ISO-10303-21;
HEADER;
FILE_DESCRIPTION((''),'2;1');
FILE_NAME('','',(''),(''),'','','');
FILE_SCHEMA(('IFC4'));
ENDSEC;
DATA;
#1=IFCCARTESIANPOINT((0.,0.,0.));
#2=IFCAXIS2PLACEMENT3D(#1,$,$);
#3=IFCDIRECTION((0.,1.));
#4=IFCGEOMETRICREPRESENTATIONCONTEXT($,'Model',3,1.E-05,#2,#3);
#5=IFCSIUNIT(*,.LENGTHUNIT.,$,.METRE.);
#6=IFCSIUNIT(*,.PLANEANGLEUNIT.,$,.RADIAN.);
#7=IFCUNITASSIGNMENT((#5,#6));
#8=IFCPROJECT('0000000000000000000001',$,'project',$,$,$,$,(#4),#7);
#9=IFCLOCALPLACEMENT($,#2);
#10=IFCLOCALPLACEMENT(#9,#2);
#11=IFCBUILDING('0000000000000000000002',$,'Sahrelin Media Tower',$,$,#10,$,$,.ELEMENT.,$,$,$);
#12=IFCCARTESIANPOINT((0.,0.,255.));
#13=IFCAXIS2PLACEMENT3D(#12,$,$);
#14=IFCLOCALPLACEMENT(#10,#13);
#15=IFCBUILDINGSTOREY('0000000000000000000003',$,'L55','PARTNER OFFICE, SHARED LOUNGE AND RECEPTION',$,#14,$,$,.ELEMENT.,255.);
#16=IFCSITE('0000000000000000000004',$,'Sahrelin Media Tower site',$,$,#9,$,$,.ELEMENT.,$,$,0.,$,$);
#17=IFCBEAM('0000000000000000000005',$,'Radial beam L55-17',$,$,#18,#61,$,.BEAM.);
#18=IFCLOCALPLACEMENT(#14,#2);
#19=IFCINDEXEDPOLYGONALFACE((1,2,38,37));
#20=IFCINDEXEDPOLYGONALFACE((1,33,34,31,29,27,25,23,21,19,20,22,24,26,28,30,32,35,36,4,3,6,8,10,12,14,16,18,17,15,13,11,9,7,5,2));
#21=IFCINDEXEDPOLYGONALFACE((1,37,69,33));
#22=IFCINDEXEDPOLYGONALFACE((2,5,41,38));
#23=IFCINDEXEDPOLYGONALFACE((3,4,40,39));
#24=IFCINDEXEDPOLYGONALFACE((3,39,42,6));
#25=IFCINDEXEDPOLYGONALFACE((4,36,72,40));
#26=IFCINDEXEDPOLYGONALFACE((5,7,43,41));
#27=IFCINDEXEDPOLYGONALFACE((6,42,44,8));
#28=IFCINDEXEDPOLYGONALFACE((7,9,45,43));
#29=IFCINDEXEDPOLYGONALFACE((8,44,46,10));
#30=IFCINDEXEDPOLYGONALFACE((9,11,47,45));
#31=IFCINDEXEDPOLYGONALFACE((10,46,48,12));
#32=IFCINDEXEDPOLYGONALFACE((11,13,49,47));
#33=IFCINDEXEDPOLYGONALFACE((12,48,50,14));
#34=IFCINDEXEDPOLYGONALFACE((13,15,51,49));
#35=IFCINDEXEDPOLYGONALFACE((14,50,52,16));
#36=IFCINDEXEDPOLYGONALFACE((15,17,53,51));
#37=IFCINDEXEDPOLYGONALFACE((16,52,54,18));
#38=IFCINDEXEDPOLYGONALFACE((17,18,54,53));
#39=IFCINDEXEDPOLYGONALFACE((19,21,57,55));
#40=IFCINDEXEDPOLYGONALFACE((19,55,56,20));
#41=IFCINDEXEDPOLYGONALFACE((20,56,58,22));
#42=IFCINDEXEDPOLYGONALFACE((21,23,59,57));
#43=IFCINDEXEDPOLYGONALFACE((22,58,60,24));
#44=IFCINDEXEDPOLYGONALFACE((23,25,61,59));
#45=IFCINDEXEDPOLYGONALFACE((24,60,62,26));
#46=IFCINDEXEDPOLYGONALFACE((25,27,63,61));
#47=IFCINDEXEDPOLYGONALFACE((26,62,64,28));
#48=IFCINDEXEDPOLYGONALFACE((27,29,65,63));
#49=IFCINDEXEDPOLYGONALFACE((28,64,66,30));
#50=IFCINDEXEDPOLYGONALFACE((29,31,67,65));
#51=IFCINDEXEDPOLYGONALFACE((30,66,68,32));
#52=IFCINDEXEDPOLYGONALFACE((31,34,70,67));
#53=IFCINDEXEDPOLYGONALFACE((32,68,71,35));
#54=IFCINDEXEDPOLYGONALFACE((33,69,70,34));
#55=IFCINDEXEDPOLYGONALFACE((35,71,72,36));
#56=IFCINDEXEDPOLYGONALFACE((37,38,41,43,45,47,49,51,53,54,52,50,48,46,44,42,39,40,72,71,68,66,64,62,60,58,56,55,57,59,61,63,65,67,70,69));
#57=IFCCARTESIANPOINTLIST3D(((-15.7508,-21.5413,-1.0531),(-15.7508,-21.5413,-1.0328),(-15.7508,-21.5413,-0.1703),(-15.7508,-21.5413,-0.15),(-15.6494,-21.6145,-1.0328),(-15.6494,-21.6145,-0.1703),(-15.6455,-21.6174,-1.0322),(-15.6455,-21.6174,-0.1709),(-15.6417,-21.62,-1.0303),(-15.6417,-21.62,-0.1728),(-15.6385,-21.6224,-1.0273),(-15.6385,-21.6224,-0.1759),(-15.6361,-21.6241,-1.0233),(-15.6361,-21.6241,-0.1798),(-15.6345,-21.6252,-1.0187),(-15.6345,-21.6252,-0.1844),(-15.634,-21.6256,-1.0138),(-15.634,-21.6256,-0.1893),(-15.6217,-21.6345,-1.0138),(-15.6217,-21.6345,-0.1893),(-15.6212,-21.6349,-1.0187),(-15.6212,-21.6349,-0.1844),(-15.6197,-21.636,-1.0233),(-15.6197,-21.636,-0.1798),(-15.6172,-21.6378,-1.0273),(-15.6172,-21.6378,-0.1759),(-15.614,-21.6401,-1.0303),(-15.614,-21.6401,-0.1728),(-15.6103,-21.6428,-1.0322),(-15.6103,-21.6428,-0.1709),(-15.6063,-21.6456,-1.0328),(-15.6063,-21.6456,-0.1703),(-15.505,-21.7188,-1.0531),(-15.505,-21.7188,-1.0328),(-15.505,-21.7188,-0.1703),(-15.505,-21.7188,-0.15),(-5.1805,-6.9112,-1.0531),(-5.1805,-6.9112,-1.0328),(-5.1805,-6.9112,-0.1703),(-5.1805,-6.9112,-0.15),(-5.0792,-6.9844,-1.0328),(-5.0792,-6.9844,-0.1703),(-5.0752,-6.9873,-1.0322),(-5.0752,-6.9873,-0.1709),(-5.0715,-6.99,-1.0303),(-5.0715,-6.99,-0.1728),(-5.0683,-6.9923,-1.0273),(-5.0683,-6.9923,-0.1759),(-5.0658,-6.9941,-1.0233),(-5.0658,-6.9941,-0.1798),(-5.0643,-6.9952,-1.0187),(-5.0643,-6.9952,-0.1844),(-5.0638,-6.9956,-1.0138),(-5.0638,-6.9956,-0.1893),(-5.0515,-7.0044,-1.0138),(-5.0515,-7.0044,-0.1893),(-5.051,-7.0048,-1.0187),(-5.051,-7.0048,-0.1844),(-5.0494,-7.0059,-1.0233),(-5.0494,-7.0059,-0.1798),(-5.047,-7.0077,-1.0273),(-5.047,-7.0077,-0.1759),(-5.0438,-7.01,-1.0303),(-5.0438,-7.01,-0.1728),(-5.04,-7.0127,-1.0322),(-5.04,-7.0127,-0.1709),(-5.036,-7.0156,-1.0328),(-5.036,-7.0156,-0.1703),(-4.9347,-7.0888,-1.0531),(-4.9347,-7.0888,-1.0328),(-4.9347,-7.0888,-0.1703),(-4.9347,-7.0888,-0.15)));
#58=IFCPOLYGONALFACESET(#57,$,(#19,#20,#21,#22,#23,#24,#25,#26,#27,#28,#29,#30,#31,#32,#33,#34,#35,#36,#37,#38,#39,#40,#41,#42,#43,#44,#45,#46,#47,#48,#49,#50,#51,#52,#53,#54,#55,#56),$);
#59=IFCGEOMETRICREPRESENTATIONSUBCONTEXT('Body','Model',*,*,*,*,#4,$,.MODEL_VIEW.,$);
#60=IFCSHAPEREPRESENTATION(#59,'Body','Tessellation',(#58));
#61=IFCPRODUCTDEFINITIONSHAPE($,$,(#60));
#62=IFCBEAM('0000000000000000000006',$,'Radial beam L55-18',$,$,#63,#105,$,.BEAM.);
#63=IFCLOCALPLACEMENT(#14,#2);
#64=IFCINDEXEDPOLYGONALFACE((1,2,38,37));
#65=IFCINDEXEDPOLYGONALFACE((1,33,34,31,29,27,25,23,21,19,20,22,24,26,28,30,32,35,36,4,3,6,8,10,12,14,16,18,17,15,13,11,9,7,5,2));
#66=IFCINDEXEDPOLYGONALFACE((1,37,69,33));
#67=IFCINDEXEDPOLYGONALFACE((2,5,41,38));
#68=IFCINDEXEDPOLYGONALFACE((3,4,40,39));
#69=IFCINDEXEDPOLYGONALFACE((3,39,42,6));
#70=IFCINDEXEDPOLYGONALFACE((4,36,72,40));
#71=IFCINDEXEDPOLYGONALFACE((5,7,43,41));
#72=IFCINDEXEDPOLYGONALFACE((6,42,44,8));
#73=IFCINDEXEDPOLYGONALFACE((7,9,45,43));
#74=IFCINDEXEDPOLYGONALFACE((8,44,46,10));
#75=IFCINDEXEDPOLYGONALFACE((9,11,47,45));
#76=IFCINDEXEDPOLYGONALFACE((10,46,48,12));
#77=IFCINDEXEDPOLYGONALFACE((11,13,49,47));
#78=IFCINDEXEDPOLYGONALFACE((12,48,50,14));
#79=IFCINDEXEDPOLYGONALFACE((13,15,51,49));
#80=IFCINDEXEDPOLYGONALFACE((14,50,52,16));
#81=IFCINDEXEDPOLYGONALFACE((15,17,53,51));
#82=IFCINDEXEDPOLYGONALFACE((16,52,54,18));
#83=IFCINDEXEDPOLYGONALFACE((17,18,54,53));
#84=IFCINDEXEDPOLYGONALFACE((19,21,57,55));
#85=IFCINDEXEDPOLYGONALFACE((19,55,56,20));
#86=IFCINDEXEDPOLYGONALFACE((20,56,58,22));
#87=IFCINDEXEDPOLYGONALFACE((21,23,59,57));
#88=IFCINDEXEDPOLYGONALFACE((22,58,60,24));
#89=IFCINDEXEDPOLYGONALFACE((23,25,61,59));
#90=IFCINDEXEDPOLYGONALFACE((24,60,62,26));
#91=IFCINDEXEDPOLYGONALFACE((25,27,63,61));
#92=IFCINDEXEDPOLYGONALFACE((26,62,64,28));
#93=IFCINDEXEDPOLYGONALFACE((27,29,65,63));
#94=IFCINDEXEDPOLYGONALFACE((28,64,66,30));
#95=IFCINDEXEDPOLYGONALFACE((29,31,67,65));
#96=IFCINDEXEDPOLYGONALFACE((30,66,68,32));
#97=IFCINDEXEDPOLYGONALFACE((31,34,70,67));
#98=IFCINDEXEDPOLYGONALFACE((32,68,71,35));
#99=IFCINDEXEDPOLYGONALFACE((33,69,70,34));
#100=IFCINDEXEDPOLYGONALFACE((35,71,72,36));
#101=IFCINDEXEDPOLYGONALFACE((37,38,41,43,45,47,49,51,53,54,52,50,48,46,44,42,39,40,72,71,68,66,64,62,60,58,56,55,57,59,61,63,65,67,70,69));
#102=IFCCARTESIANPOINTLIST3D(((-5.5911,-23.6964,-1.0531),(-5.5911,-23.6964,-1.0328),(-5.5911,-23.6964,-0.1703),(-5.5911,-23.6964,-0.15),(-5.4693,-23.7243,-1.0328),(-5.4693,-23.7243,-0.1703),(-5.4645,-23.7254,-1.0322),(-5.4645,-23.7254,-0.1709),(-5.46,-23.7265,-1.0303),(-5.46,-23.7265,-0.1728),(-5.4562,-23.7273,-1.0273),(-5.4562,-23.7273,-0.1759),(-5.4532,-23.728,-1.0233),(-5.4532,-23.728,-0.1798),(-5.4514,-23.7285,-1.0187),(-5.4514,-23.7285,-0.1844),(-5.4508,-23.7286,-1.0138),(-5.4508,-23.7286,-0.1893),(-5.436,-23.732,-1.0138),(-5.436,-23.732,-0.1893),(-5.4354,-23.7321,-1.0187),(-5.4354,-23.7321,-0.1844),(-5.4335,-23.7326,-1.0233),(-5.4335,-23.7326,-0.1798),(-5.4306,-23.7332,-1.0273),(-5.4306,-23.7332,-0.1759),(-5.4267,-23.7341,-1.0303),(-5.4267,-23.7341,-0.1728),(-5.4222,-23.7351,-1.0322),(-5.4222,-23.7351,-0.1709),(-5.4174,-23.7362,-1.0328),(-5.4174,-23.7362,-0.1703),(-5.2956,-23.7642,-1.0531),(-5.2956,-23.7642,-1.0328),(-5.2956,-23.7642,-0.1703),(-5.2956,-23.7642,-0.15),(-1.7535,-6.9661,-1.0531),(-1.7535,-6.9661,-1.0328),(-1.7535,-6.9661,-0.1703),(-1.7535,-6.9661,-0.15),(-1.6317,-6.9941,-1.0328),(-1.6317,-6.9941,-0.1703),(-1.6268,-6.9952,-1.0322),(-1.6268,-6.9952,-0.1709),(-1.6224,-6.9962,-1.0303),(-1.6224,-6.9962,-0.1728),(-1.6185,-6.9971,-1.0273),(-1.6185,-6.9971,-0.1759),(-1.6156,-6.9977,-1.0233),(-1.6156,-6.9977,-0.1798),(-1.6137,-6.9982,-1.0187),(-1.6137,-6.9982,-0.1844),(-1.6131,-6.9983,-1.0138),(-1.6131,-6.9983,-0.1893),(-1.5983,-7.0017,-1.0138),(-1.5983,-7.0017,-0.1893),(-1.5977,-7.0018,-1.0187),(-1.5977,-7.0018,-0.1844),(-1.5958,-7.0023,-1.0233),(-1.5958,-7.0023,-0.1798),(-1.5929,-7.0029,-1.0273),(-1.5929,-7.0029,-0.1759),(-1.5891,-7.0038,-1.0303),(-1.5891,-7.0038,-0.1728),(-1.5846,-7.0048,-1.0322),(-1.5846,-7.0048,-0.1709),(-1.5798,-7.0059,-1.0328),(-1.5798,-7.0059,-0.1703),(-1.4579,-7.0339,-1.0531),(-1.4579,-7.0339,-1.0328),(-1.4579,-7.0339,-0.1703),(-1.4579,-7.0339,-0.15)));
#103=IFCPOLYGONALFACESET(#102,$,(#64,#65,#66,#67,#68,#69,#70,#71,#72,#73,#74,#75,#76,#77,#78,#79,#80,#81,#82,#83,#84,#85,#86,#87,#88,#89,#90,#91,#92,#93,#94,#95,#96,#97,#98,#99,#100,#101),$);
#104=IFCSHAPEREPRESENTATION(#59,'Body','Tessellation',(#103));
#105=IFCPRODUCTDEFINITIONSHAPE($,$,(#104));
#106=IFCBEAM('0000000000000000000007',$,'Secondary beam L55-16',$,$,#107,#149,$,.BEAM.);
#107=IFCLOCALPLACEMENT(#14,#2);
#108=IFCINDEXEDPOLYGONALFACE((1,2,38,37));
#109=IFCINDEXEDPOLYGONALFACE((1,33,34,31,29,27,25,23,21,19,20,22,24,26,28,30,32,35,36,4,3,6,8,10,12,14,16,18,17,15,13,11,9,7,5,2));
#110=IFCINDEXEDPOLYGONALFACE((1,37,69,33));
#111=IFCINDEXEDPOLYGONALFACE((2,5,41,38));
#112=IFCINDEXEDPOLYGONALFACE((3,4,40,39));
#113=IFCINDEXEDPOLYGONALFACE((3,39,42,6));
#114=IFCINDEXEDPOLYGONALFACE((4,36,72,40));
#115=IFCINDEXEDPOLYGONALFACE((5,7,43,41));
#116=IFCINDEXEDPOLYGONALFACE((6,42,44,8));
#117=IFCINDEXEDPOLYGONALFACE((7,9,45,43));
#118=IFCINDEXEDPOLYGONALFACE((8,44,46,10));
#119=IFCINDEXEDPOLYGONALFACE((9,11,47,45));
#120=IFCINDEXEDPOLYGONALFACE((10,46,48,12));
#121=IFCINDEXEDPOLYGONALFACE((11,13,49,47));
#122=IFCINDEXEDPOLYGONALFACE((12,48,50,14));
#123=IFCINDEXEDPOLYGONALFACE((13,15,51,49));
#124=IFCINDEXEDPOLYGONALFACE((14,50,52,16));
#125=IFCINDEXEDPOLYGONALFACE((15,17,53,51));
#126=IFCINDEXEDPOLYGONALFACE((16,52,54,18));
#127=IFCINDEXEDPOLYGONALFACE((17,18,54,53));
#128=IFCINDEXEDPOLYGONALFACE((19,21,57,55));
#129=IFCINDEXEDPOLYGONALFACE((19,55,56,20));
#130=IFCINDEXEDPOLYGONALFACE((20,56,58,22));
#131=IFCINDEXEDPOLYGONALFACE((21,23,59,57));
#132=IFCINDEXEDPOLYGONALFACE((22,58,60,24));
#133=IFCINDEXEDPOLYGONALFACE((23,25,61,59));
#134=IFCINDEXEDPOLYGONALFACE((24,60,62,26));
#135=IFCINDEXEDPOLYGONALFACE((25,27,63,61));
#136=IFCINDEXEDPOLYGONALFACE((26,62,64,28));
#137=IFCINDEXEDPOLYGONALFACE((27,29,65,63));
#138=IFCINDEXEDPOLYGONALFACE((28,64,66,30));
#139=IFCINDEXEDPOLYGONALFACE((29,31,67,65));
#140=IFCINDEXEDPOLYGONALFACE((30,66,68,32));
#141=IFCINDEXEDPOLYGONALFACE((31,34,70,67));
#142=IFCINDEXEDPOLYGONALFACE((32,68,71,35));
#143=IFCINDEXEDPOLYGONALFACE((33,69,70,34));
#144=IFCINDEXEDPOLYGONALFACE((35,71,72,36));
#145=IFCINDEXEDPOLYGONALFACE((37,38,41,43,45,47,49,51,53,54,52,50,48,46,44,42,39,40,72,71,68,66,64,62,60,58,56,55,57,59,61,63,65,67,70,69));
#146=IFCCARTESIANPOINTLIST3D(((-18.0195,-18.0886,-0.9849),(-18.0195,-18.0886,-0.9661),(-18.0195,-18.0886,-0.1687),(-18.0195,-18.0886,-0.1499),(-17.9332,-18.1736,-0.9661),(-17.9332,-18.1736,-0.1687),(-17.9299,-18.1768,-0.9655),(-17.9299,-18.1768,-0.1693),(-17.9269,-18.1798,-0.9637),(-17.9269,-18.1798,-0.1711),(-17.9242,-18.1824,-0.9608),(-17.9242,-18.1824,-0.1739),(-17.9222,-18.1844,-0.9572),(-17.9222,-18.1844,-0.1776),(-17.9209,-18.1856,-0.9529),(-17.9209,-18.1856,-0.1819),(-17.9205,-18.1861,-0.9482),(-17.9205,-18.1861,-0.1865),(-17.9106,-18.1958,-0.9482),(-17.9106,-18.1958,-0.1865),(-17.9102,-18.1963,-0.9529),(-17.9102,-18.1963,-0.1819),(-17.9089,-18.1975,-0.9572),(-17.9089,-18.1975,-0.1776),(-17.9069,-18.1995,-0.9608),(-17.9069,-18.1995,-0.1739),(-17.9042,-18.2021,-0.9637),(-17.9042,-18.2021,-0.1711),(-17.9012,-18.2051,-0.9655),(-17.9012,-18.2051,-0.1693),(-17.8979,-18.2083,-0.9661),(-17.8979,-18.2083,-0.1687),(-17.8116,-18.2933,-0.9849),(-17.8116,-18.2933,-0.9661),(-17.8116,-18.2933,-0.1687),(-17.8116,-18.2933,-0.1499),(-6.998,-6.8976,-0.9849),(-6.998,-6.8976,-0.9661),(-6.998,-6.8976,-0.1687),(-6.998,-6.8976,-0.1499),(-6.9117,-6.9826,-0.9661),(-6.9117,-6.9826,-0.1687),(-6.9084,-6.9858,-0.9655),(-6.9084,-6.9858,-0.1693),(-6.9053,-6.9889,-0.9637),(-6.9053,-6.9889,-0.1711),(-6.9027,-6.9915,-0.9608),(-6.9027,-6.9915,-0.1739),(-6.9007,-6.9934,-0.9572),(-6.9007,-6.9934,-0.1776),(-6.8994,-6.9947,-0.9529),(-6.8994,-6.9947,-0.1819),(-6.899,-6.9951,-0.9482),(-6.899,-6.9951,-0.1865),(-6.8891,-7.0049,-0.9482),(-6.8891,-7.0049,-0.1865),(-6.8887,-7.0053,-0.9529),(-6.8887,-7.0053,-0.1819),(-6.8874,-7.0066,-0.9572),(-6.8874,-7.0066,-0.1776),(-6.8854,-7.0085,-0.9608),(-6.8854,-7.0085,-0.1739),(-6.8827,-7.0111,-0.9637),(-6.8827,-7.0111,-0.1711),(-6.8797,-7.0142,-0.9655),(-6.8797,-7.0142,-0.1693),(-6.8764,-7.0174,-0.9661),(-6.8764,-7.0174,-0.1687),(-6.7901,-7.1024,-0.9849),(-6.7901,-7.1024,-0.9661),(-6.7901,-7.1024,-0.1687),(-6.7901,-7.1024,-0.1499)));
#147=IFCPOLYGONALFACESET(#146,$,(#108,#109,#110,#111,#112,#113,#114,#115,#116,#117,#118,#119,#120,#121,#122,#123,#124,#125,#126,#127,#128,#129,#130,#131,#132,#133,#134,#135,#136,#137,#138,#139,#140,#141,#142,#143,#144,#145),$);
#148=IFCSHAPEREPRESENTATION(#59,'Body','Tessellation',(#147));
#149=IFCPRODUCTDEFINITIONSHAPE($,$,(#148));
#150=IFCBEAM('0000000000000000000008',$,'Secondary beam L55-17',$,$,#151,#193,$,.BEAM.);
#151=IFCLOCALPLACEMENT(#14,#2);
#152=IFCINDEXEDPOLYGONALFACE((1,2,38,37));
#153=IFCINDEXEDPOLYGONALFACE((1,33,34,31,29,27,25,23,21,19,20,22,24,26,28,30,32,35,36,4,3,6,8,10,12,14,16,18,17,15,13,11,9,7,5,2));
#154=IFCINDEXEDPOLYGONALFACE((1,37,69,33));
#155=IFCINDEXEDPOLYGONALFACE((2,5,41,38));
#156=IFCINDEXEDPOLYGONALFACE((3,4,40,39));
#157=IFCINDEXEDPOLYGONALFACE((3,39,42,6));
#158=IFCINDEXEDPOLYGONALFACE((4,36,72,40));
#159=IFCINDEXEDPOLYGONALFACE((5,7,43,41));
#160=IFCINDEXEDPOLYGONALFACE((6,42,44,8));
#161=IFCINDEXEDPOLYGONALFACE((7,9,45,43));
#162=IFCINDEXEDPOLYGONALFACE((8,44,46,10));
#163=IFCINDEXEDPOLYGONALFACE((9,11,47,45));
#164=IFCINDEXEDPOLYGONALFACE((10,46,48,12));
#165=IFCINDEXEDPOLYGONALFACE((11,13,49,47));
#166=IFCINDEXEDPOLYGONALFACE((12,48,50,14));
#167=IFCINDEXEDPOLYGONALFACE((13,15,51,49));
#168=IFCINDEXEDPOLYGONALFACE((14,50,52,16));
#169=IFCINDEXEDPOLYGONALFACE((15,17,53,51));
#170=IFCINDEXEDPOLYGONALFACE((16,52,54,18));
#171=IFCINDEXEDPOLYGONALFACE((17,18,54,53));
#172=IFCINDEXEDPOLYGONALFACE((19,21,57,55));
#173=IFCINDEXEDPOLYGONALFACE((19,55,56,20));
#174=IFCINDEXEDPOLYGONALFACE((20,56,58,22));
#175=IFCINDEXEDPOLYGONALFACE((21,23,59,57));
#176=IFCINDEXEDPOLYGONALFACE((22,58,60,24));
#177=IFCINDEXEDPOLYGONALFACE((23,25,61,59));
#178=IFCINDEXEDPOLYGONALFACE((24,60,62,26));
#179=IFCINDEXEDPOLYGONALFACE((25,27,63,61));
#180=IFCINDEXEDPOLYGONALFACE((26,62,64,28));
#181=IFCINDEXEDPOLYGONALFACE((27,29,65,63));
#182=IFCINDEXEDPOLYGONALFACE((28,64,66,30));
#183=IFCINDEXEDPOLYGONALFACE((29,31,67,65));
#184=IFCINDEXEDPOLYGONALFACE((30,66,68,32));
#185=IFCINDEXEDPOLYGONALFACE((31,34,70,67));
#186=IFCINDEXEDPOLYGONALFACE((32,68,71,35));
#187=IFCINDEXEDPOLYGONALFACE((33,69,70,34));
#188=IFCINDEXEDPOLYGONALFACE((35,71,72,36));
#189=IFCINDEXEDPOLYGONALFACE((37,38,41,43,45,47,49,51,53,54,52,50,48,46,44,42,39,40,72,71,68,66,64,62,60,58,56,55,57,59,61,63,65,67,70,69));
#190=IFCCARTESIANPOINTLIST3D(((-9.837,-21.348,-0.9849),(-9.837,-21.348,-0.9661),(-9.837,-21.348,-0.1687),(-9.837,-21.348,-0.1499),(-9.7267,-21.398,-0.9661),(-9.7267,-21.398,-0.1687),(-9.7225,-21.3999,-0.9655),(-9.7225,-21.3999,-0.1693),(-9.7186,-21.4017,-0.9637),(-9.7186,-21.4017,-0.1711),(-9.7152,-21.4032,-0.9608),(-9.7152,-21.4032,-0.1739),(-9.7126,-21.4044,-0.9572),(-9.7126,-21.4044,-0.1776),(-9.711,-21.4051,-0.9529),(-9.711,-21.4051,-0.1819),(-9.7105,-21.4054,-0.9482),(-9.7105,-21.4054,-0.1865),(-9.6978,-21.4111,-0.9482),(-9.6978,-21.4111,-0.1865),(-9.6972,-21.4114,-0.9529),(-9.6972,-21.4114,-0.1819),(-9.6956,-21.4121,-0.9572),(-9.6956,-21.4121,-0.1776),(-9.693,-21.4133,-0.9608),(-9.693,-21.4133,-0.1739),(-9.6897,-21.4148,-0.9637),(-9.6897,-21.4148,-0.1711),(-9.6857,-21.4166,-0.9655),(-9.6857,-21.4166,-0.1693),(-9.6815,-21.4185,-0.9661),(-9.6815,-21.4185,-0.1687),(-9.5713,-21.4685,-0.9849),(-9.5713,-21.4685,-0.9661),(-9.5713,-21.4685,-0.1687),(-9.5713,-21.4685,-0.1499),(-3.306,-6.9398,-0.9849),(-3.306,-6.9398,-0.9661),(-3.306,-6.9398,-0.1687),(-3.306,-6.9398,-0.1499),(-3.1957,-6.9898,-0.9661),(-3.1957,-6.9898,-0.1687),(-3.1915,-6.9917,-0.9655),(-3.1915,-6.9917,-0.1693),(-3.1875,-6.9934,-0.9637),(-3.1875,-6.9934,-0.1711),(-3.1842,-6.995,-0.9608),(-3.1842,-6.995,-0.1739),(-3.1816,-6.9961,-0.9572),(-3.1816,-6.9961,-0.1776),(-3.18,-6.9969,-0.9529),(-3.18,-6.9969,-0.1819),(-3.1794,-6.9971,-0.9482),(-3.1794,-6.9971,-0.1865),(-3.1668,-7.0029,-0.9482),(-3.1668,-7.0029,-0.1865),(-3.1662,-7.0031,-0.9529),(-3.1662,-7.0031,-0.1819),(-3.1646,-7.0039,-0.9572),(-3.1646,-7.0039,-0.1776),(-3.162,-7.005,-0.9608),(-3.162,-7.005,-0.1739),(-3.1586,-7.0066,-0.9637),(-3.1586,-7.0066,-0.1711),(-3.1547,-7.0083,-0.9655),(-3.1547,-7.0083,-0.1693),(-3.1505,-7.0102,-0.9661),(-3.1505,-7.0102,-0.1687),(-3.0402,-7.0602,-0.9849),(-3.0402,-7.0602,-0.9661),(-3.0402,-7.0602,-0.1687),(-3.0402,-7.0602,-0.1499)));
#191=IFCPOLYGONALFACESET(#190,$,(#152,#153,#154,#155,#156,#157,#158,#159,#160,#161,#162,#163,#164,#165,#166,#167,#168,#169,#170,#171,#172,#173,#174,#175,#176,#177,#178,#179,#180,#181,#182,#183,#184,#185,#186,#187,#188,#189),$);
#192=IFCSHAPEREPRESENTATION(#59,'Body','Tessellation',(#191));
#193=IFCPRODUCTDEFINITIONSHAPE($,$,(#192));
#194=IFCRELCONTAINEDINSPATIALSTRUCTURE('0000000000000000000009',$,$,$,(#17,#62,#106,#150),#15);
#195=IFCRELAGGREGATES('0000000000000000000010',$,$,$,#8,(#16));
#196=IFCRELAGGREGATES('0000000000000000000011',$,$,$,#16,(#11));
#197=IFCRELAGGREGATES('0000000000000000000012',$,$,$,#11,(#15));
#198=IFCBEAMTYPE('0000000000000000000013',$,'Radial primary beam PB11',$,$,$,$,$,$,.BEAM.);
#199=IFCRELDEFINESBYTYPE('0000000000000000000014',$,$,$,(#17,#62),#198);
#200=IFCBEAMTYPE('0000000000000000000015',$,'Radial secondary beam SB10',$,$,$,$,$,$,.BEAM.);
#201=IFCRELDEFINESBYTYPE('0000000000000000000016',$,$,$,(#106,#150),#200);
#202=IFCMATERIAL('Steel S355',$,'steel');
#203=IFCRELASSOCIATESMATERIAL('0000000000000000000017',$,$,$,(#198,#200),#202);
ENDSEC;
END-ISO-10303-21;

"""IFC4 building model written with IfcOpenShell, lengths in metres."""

from ifc_helpers import new_model, si_unit, direction, frame, origin, origin_2d, place, context, subcontext, project, spatial, i_section, extrude, material, material_profile, profile_set, type_object, element, save


model = new_model("IFC4")

# Units and contexts
model_context = context("Model", 3, precision=1e-05, world=origin(), true_north=direction((0.0, 1.0)))
body_context = subcontext(model_context, "Body", "Model", "MODEL_VIEW")
ifc_project = project(units=[si_unit("LENGTHUNIT", "METRE"), si_unit("PLANEANGLEUNIT", "RADIAN")], contexts=[model_context])

# Site, building, storey
site_placement = place(None, origin())
site = spatial("IfcSite", under=ifc_project, at=site_placement, Name="Sahrelin Media Tower site", CompositionType="ELEMENT", RefElevation=0.0)
building_placement = place(site_placement, origin())
building = spatial("IfcBuilding", under=site, at=building_placement, Name="Sahrelin Media Tower", CompositionType="ELEMENT")
storey_placement = place(building_placement, frame((0.0, 0.0, 255.0)))
storey = spatial("IfcBuildingStorey", under=building, at=storey_placement, Name="L55", Description="PARTNER OFFICE, SHARED LOUNGE AND RECEPTION", CompositionType="ELEMENT", Elevation=255.0)

# Shared definitions
ifc_material_1 = material(Name="Steel S355", Category="steel")

# Beams
ifc_material_profile_1 = material_profile(ifc_material_1, i_section(OverallWidth=0.3032, OverallDepth=0.9031, WebThickness=0.0151, FlangeThickness=0.0203, FilletRadius=0.019, at=origin_2d()), Name="UB 914x305x201")
ifc_profile_set_1 = profile_set([ifc_material_profile_1], Name="Steel S355")
beam_type_1 = type_object("IfcBeamType", Name="Radial primary beam PB11", PredefinedType="BEAM", material=ifc_profile_set_1)
beam_1_placement = place(storey_placement, frame((-5.0576, -7.0, -0.6016), z_axis=(-0.58564, -0.810571, 0.0), x_axis=(0.810571, -0.58564, 0.0)))
element("IfcBeam", 1, at=beam_1_placement, inside=storey, type_object=beam_type_1, Name="Radial beam L55-17", PredefinedType="BEAM", context=body_context, shape_type="SweptSolid", body=[
    extrude(i_section(OverallWidth=0.3032, OverallDepth=0.9031, WebThickness=0.0151, FlangeThickness=0.0203, FilletRadius=0.019, at=origin_2d()), origin(), (0.0, 0.0, 1.0), 18.0491),
])
beam_2_placement = place(storey_placement, frame((-1.6057, -7.0, -0.6016), z_axis=(-0.223577, -0.974686, 0.0), x_axis=(0.974686, -0.223577, 0.0)))
element("IfcBeam", 2, at=beam_2_placement, inside=storey, type_object=beam_type_1, Name="Radial beam L55-18", PredefinedType="BEAM", context=body_context, shape_type="SweptSolid", body=[
    extrude(i_section(OverallWidth=0.3032, OverallDepth=0.9031, WebThickness=0.0151, FlangeThickness=0.0203, FilletRadius=0.019, at=origin_2d()), origin(), (0.0, 0.0, 1.0), 17.1648),
])
ifc_material_profile_2 = material_profile(ifc_material_1, i_section(OverallWidth=0.2917, OverallDepth=0.835, WebThickness=0.0139, FlangeThickness=0.0188, FilletRadius=0.0178, at=origin_2d()), Name="UB 838x292x176")
ifc_profile_set_2 = profile_set([ifc_material_profile_2], Name="Steel S355")
beam_type_2 = type_object("IfcBeamType", Name="Radial secondary beam SB10", PredefinedType="BEAM", material=ifc_profile_set_2)
beam_3_placement = place(storey_placement, frame((-6.894, -7.0, -0.5674), z_axis=(-0.701693, -0.71248, 0.0), x_axis=(0.71248, -0.701693, 0.0)))
element("IfcBeam", 3, at=beam_3_placement, inside=storey, type_object=beam_type_2, Name="Secondary beam L55-16", PredefinedType="BEAM", context=body_context, shape_type="SweptSolid", body=[
    extrude(i_section(OverallWidth=0.2917, OverallDepth=0.835, WebThickness=0.0139, FlangeThickness=0.0188, FilletRadius=0.0178, at=origin_2d()), origin(), (0.0, 0.0, 1.0), 15.707),
])
beam_4_placement = place(storey_placement, frame((-3.1731, -7.0, -0.5674), z_axis=(-0.41285, -0.910799, 0.0), x_axis=(0.910799, -0.41285, 0.0)))
element("IfcBeam", 4, at=beam_4_placement, inside=storey, type_object=beam_type_2, Name="Secondary beam L55-17", PredefinedType="BEAM", context=body_context, shape_type="SweptSolid", body=[
    extrude(i_section(OverallWidth=0.2917, OverallDepth=0.835, WebThickness=0.0139, FlangeThickness=0.0188, FilletRadius=0.0178, at=origin_2d()), origin(), (0.0, 0.0, 1.0), 15.8193),
])

save(model, "model.ifc")
